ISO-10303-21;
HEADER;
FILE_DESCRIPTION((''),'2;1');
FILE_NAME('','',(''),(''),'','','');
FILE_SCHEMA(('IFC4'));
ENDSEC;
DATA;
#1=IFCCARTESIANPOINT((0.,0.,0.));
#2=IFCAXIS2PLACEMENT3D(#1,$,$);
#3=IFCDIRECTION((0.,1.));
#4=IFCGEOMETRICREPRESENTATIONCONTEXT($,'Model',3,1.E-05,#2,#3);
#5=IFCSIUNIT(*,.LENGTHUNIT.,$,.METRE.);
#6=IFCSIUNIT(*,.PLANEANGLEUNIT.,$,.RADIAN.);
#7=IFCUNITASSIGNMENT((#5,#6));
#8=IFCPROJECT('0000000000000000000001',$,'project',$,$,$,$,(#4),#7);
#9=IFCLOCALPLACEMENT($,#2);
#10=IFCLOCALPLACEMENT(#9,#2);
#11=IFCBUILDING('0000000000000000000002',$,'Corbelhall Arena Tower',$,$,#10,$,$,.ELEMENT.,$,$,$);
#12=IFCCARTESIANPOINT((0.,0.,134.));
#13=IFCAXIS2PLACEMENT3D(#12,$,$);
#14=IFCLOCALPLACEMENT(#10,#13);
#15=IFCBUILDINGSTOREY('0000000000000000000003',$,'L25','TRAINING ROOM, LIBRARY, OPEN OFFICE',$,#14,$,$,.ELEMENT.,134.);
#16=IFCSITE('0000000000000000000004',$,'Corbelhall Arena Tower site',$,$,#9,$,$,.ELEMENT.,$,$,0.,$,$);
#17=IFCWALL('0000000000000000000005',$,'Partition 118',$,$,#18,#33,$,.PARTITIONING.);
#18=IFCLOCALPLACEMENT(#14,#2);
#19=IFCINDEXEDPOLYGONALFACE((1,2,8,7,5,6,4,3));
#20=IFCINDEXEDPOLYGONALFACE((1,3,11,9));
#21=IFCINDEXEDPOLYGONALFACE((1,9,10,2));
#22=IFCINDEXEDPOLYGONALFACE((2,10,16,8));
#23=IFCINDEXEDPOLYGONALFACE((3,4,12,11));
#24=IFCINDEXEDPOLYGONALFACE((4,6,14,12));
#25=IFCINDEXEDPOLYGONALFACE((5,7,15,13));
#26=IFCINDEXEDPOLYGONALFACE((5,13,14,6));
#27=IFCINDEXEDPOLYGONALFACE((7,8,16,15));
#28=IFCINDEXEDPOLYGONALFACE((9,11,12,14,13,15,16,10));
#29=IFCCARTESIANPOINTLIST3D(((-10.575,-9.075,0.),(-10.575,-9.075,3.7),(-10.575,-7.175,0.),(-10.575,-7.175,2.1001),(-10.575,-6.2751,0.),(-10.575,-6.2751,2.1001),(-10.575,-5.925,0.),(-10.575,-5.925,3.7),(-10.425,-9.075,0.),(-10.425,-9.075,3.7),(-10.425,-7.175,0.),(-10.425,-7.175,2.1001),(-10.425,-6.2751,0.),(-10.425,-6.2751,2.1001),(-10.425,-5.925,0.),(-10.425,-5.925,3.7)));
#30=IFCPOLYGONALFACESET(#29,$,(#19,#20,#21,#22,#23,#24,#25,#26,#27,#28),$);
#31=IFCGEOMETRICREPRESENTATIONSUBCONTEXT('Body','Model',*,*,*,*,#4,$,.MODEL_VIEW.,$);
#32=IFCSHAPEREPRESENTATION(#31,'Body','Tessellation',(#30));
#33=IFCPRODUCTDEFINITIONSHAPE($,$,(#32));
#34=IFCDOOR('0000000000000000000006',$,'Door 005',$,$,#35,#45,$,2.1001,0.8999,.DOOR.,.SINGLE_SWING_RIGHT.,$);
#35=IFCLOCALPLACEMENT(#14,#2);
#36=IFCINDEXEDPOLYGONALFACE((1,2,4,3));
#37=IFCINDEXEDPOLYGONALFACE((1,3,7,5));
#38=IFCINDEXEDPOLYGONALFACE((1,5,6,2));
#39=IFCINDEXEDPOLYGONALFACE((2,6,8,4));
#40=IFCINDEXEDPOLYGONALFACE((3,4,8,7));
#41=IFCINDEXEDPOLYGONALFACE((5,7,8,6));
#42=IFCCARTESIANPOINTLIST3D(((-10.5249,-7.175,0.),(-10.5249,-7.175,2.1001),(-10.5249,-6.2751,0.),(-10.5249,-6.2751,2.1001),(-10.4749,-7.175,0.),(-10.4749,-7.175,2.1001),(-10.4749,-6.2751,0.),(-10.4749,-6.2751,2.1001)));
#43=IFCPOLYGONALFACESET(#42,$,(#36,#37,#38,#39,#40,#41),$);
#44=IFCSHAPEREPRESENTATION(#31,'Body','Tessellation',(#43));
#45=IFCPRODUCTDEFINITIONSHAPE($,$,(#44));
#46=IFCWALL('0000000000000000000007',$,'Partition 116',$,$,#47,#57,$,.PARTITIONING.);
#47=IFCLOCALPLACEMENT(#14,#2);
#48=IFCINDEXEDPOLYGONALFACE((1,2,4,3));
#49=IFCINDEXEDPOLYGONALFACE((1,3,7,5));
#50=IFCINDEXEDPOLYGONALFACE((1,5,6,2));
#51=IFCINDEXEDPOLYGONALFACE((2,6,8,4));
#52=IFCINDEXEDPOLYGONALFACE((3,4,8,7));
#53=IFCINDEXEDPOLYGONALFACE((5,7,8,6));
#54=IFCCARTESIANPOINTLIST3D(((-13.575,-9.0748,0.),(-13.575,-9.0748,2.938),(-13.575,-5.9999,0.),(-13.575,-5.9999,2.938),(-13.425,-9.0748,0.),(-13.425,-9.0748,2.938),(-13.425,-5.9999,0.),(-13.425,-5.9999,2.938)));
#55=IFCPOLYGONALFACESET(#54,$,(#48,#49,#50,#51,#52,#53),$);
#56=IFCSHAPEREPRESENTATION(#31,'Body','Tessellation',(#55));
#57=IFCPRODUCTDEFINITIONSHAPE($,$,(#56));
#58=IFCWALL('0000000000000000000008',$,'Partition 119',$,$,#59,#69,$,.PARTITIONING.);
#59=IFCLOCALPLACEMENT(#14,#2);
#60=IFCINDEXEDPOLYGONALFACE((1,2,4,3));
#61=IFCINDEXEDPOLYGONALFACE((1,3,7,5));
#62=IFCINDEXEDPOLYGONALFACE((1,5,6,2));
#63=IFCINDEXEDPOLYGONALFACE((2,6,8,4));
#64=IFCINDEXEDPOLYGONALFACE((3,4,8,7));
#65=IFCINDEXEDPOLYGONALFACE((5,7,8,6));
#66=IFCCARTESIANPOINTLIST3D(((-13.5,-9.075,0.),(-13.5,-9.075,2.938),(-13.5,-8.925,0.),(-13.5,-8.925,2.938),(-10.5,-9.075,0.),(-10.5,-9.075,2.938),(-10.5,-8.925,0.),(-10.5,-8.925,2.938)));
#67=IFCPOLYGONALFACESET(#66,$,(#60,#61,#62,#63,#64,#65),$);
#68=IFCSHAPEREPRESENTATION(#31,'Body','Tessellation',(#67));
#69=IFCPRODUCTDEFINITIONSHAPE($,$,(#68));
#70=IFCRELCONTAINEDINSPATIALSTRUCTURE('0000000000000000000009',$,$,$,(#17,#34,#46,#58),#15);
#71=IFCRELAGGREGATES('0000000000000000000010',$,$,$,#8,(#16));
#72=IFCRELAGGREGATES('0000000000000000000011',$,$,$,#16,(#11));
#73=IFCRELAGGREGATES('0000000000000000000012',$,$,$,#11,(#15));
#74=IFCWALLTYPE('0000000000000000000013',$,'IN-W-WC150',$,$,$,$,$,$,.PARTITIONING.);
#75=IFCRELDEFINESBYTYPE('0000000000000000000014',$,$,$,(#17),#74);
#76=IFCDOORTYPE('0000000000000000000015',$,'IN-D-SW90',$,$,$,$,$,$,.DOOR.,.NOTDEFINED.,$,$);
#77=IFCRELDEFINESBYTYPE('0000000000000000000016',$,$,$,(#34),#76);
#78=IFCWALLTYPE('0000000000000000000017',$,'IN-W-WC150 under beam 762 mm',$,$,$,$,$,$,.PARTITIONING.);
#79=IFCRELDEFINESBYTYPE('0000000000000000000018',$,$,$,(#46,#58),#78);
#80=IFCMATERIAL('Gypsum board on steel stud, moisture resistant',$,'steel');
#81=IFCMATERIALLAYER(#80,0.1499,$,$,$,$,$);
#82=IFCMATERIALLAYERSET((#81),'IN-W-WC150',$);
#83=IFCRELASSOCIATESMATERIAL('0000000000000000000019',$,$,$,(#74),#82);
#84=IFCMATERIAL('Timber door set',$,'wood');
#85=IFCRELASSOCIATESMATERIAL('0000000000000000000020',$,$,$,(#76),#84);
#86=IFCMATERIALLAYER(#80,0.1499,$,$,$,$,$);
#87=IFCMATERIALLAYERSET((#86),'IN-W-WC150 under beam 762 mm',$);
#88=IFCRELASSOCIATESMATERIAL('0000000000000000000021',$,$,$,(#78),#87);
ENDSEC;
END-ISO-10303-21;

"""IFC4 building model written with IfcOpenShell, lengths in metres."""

from ifc_helpers import new_model, si_unit, direction, frame, frame_2d, origin, place, context, subcontext, project, spatial, rectangle, extrude, material, layer, layer_set, type_object, element, fill, save


model = new_model("IFC4")

# Units and contexts
model_context = context("Model", 3, precision=1e-05, world=origin(), true_north=direction((0.0, 1.0)))
body_context = subcontext(model_context, "Body", "Model", "MODEL_VIEW")
ifc_project = project(units=[si_unit("LENGTHUNIT", "METRE"), si_unit("PLANEANGLEUNIT", "RADIAN")], contexts=[model_context])

# Site, building, storey
site_placement = place(None, origin())
site = spatial("IfcSite", under=ifc_project, at=site_placement, Name="Corbelhall Arena Tower site", CompositionType="ELEMENT", RefElevation=0.0)
building_placement = place(site_placement, origin())
building = spatial("IfcBuilding", under=site, at=building_placement, Name="Corbelhall Arena Tower", CompositionType="ELEMENT")
storey_placement = place(building_placement, frame((0.0, 0.0, 134.0)))
storey = spatial("IfcBuildingStorey", under=building, at=storey_placement, Name="L25", Description="TRAINING ROOM, LIBRARY, OPEN OFFICE", CompositionType="ELEMENT", Elevation=134.0)

# Wall, opening, door
ifc_material_1 = material(Name="Gypsum board on steel stud, moisture resistant", Category="steel")
ifc_layer_1 = layer(ifc_material_1, 0.1499)
ifc_layer_set_1 = layer_set([ifc_layer_1], Name="IN-W-WC150")
wall_type_1 = type_object("IfcWallType", Name="IN-W-WC150", PredefinedType="PARTITIONING", material=ifc_layer_set_1)
wall_1_placement = place(storey_placement, frame((-10.5, -9.075, 0.0), z_axis=(0.0, 0.0, 1.0), x_axis=(0.0, 1.0, 0.0)))
wall_1 = element("IfcWall", 1, at=wall_1_placement, inside=storey, type_object=wall_type_1, Name="Partition 118", PredefinedType="PARTITIONING", context=body_context, shape_type="SweptSolid", body=[
    extrude(rectangle(XDim=3.1499, YDim=0.1499, at=frame_2d((1.575, 0.0))), origin(), (0.0, 0.0, 1.0), 3.7),
])
opening_1_placement = place(wall_1_placement, frame((1.8999, 0.0, 0.0)))
opening_1 = element("IfcOpeningElement", 2, at=opening_1_placement, cuts=wall_1, PredefinedType="OPENING", context=body_context, shape_type="SweptSolid", body=[
    extrude(rectangle(XDim=0.8999, YDim=2.1001, at=frame_2d((0.45, 1.05))), frame((0.0, 0.075, 0.0), z_axis=(0.0, -1.0, 0.0), x_axis=(1.0, 0.0, 0.0)), (0.0, 0.0, 1.0), 0.1499),
])
ifc_material_2 = material(Name="Timber door set", Category="wood")
door_type_1 = type_object("IfcDoorType", Name="IN-D-SW90", OperationType="NOTDEFINED", PredefinedType="DOOR", material=ifc_material_2)
door_1_placement = place(opening_1_placement, origin())
door_1 = element("IfcDoor", 3, at=door_1_placement, inside=storey, type_object=door_type_1, Name="Door 005", OperationType="SINGLE_SWING_RIGHT", OverallHeight=2.1001, OverallWidth=0.8999, PredefinedType="DOOR", context=body_context, shape_type="SweptSolid", body=[
    extrude(rectangle(XDim=0.8999, YDim=2.1001, at=frame_2d((0.45, 1.05))), frame((0.0, 0.0249, 0.0), z_axis=(0.0, -1.0, 0.0), x_axis=(1.0, 0.0, 0.0)), (0.0, 0.0, 1.0), 0.05),
])
fill(opening_1, door_1)

# Walls
ifc_layer_2 = layer(ifc_material_1, 0.1499)
ifc_layer_set_2 = layer_set([ifc_layer_2], Name="IN-W-WC150 under beam 762 mm")
wall_type_2 = type_object("IfcWallType", Name="IN-W-WC150 under beam 762 mm", PredefinedType="PARTITIONING", material=ifc_layer_set_2)
wall_2_placement = place(storey_placement, frame((-13.5, -9.075, 0.0), z_axis=(0.0, 0.0, 1.0), x_axis=(0.0, 1.0, 0.0)))
element("IfcWall", 4, at=wall_2_placement, inside=storey, type_object=wall_type_2, Name="Partition 116", PredefinedType="PARTITIONING", context=body_context, shape_type="SweptSolid", body=[
    extrude(rectangle(XDim=3.075, YDim=0.1499, at=frame_2d((1.5376, 0.0))), origin(), (0.0, 0.0, 1.0), 2.938),
])
wall_3_placement = place(storey_placement, frame((-10.5, -9.0, 0.0), z_axis=(0.0, 0.0, 1.0), x_axis=(-1.0, 0.0, 0.0)))
element("IfcWall", 5, at=wall_3_placement, inside=storey, type_object=wall_type_2, Name="Partition 119", PredefinedType="PARTITIONING", context=body_context, shape_type="SweptSolid", body=[
    extrude(rectangle(XDim=3.0, YDim=0.1499, at=frame_2d((1.5, 0.0))), origin(), (0.0, 0.0, 1.0), 2.938),
])

save(model, "model.ifc")
